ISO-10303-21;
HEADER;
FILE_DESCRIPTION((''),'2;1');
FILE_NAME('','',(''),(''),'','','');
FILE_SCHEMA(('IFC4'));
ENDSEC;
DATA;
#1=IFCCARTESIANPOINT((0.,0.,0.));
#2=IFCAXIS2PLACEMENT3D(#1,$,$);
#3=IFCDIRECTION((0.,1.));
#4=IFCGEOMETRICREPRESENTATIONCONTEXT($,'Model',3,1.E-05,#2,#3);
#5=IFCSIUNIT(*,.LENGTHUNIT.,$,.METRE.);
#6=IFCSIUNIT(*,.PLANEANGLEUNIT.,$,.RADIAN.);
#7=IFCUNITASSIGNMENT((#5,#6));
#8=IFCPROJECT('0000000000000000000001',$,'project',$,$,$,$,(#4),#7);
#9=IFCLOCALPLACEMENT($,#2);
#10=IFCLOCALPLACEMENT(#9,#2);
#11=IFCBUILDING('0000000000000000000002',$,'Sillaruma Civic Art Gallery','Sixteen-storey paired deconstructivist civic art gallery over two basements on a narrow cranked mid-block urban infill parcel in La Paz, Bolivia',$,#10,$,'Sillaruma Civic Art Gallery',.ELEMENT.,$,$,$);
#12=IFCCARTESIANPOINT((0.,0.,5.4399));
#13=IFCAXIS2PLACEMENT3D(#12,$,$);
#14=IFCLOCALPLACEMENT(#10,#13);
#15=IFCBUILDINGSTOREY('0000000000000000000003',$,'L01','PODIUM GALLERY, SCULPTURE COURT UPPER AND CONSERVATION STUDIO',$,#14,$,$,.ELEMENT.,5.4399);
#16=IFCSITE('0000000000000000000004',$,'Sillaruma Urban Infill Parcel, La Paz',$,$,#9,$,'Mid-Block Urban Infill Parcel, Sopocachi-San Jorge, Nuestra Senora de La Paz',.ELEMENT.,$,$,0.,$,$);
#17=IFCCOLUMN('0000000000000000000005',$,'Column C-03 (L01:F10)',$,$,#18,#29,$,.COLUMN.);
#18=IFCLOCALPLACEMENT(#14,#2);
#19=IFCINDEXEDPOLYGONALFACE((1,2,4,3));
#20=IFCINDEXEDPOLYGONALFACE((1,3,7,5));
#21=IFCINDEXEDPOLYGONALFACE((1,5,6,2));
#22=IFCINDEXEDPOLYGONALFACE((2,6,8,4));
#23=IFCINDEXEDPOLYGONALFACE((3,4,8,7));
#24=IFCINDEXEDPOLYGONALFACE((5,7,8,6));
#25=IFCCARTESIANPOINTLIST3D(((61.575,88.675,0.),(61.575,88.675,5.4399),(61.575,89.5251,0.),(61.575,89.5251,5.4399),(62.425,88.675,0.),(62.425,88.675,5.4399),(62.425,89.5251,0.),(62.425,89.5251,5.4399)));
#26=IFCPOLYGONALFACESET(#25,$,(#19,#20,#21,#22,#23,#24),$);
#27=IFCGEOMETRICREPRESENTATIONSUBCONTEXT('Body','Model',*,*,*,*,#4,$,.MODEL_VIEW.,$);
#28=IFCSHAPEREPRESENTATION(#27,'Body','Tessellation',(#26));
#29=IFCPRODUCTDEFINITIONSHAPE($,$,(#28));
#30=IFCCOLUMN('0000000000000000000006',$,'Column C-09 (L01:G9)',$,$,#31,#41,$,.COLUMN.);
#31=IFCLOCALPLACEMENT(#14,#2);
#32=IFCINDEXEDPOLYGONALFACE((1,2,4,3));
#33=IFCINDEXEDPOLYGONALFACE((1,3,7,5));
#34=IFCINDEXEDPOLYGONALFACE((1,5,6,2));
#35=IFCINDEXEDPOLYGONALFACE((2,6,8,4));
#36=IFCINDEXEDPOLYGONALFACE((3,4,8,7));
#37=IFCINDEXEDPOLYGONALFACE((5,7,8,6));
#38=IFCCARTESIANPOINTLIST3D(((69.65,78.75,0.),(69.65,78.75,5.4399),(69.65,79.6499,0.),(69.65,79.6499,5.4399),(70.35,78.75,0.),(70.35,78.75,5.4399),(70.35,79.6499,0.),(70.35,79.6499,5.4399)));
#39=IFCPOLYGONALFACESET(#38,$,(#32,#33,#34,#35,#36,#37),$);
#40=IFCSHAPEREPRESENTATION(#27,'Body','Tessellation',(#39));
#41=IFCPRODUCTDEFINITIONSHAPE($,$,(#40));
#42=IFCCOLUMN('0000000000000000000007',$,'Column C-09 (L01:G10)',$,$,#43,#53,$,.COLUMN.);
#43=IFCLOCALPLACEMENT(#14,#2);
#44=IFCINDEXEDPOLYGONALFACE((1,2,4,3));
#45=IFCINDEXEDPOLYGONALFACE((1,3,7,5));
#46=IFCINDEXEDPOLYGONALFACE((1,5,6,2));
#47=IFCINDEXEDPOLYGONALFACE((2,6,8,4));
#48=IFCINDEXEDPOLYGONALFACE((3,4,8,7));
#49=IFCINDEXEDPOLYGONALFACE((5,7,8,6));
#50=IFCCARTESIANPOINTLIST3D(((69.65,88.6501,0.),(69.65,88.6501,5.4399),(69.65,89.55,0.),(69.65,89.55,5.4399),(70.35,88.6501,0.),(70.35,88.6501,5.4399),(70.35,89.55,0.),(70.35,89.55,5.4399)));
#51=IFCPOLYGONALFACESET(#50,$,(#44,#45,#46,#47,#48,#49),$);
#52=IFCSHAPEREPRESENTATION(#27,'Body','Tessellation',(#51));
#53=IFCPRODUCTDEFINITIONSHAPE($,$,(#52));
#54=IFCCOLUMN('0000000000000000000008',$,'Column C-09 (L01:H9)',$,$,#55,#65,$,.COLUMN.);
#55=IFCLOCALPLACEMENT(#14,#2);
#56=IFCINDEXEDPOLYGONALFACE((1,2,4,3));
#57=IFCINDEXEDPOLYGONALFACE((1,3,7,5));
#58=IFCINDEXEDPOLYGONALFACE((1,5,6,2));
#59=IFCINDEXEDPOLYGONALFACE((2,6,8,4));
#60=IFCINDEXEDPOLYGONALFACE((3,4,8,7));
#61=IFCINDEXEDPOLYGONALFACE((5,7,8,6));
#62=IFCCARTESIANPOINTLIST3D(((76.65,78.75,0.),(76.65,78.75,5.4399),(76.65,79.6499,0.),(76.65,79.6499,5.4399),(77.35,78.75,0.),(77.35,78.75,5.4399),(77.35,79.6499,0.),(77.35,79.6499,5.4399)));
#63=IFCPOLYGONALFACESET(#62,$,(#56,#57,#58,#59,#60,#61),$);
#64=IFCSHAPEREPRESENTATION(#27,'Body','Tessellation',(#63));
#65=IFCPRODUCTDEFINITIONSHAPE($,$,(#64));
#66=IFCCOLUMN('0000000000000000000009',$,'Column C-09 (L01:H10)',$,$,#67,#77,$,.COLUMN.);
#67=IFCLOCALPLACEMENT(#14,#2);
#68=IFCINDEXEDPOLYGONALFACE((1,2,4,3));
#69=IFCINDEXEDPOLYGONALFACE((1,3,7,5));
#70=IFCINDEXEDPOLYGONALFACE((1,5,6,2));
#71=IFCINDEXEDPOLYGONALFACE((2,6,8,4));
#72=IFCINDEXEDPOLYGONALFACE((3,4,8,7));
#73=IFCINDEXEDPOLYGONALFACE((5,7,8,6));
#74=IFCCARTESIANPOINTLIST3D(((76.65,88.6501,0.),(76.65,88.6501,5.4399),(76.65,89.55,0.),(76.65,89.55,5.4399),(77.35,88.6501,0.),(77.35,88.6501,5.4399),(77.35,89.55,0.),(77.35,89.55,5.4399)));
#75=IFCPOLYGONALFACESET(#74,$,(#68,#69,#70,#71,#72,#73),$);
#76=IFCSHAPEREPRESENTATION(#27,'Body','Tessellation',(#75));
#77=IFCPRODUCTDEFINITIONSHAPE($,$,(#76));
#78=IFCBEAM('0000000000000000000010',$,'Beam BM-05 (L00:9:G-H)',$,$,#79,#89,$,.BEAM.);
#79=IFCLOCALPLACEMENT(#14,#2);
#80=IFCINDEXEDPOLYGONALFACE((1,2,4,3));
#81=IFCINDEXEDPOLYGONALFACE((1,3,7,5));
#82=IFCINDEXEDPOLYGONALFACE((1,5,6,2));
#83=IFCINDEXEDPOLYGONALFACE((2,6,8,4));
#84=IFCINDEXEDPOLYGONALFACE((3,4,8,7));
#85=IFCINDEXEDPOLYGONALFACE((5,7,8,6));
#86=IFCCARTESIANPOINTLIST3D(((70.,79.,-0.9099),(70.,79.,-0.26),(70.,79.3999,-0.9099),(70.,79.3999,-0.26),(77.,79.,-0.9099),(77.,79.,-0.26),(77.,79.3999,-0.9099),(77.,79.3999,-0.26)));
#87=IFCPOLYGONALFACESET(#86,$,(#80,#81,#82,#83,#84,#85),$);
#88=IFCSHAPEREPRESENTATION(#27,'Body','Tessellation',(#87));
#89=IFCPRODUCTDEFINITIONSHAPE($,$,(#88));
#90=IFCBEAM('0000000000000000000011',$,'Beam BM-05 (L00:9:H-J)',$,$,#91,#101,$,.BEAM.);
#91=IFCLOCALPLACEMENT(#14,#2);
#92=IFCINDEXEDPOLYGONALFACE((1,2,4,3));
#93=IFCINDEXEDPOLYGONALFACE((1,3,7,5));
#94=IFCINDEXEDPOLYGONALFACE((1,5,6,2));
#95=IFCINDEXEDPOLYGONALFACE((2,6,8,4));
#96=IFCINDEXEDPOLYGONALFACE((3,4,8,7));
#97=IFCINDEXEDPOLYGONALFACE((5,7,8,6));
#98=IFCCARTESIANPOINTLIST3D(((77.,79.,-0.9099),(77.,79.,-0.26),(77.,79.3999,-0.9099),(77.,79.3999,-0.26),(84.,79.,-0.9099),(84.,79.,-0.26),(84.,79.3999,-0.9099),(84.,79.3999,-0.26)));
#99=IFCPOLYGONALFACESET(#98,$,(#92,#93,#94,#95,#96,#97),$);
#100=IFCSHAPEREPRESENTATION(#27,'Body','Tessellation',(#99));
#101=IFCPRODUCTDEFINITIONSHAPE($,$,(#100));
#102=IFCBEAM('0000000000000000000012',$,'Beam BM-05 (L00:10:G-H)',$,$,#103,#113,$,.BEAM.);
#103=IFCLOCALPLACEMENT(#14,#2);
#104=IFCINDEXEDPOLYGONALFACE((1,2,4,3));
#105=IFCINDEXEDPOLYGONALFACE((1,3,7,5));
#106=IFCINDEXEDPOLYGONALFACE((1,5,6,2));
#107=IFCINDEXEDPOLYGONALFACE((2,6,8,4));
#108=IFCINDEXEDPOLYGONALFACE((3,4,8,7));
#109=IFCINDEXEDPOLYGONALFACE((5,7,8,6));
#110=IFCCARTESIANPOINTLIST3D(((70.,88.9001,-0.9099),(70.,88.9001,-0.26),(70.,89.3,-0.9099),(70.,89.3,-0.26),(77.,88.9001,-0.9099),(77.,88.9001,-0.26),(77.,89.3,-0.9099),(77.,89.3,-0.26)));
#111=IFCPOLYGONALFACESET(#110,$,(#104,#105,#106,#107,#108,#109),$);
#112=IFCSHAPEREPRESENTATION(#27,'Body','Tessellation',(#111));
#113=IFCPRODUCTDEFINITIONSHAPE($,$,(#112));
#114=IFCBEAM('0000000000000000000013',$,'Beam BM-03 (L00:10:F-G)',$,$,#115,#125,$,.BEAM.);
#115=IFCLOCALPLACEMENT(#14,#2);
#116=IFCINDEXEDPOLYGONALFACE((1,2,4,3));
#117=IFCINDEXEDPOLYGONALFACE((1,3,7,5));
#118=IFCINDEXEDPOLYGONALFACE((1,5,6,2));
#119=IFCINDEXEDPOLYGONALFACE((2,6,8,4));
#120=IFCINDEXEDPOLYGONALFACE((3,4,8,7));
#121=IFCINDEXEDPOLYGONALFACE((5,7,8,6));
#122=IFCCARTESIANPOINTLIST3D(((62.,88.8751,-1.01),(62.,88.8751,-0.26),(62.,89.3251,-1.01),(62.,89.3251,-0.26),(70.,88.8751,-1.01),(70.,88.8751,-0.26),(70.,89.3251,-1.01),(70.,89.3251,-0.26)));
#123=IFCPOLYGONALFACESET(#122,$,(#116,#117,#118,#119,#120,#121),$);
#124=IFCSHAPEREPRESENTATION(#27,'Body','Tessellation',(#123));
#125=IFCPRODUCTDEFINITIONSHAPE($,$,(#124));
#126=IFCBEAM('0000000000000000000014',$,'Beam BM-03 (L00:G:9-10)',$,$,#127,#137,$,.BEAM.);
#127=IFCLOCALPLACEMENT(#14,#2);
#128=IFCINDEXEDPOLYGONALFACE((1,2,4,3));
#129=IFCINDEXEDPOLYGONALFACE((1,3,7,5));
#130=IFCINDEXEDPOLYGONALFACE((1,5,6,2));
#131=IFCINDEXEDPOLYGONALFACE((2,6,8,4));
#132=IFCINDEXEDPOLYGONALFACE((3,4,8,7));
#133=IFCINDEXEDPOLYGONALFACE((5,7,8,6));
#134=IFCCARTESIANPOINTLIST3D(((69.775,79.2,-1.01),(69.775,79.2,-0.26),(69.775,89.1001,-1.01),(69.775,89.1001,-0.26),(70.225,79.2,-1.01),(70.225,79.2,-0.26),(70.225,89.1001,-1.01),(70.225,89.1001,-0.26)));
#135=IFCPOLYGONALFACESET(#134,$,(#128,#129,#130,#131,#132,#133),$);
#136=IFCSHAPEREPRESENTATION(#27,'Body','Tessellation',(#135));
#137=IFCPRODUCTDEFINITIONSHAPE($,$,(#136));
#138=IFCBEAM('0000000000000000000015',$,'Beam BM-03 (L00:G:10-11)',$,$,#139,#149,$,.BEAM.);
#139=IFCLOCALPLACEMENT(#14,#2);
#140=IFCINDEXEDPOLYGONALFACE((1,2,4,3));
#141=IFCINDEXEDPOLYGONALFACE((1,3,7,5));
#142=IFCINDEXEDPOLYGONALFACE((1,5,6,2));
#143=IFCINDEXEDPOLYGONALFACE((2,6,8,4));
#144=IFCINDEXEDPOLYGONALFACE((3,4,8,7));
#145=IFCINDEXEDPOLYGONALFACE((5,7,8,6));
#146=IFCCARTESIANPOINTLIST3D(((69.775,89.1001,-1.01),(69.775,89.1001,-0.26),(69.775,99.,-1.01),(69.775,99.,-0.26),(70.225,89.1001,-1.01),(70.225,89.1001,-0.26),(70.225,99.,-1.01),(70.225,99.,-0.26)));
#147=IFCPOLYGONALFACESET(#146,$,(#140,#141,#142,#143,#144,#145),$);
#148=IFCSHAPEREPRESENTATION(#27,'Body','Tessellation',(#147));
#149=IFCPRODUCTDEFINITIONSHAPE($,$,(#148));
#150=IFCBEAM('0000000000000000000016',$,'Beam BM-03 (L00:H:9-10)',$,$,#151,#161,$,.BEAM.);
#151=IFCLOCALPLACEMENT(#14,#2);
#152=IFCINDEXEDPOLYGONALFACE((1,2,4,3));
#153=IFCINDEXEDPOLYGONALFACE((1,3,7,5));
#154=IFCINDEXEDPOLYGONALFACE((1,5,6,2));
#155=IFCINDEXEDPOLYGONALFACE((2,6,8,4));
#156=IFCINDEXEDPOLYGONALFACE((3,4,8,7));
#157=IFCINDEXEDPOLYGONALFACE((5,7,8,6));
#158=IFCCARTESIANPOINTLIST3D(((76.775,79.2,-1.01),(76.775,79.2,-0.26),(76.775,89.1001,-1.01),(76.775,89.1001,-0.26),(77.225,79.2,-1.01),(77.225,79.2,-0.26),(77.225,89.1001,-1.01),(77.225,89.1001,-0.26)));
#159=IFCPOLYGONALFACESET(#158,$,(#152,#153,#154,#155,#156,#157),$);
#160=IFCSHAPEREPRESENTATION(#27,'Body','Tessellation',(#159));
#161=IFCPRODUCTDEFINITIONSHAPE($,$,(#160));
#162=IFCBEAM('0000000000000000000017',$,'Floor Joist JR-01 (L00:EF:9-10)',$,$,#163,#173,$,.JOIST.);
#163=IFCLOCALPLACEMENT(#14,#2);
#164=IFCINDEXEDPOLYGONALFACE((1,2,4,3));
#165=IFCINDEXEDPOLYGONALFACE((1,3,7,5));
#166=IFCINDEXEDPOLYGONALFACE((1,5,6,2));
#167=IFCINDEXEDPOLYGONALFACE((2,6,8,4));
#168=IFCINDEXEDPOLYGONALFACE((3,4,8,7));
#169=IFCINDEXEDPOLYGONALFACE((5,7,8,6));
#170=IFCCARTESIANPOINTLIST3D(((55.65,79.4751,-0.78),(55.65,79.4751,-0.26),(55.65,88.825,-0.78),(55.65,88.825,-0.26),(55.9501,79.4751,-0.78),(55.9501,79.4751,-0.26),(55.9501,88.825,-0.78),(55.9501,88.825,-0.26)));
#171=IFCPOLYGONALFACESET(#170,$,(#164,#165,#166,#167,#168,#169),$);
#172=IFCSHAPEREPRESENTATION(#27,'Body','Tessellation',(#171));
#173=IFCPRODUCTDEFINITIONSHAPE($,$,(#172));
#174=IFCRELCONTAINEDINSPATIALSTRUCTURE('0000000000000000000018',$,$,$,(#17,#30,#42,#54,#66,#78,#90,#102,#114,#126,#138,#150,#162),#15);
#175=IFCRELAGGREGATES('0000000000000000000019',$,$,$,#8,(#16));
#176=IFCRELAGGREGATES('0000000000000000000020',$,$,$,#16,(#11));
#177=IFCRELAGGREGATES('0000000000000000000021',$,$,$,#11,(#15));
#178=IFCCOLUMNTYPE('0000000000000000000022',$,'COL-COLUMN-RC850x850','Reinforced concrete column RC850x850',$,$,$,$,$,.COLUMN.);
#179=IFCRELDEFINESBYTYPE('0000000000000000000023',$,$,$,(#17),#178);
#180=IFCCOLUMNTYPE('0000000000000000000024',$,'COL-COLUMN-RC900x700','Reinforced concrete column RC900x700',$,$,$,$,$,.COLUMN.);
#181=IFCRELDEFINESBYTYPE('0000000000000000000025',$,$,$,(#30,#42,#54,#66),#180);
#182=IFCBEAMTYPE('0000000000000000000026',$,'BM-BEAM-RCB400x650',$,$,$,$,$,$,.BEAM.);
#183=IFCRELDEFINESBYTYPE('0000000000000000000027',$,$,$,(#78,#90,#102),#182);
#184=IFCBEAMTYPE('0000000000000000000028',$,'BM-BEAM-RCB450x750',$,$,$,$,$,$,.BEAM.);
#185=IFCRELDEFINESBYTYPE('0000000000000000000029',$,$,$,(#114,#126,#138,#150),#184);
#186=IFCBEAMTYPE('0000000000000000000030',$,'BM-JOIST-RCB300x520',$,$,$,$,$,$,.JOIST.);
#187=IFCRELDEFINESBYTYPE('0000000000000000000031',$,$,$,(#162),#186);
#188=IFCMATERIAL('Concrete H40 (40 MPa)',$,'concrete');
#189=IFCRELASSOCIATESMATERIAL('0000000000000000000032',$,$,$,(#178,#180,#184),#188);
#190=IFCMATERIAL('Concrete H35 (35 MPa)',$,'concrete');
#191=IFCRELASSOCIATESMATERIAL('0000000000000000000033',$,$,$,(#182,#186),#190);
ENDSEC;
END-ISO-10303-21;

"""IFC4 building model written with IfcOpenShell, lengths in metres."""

from ifc_helpers import new_model, si_unit, direction, frame, origin, origin_2d, place, context, subcontext, project, spatial, rectangle, extrude, material, material_profile, profile_set, type_object, element, save


model = new_model("IFC4")

# Units and contexts
model_context = context("Model", 3, precision=1e-05, world=origin(), true_north=direction((0.0, 1.0)))
body_context = subcontext(model_context, "Body", "Model", "MODEL_VIEW")
ifc_project = project(units=[si_unit("LENGTHUNIT", "METRE"), si_unit("PLANEANGLEUNIT", "RADIAN")], contexts=[model_context])

# Site, building, storey
site_placement = place(None, origin())
site = spatial("IfcSite", under=ifc_project, at=site_placement, Name="Sillaruma Urban Infill Parcel, La Paz", LongName="Mid-Block Urban Infill Parcel, Sopocachi-San Jorge, Nuestra Senora de La Paz", CompositionType="ELEMENT", RefElevation=0.0)
building_placement = place(site_placement, origin())
building = spatial("IfcBuilding", under=site, at=building_placement, Name="Sillaruma Civic Art Gallery", Description="Sixteen-storey paired deconstructivist civic art gallery over two basements on a narrow cranked mid-block urban infill parcel in La Paz, Bolivia", LongName="Sillaruma Civic Art Gallery", CompositionType="ELEMENT")
storey_placement = place(building_placement, frame((0.0, 0.0, 5.4399)))
storey = spatial("IfcBuildingStorey", under=building, at=storey_placement, Name="L01", Description="PODIUM GALLERY, SCULPTURE COURT UPPER AND CONSERVATION STUDIO", CompositionType="ELEMENT", Elevation=5.4399)

# Columns
ifc_material_1 = material(Name="Concrete H40 (40 MPa)", Category="concrete")
ifc_material_profile_1 = material_profile(ifc_material_1, rectangle(XDim=0.8501, YDim=0.8501, at=origin_2d()), Name="RC850x850")
ifc_profile_set_1 = profile_set([ifc_material_profile_1], Name="Concrete H40 (40 MPa)")
column_type_1 = type_object("IfcColumnType", Name="COL-COLUMN-RC850x850", Description="Reinforced concrete column RC850x850", PredefinedType="COLUMN", material=ifc_profile_set_1)
column_placement = place(storey_placement, frame((62.0, 89.1001, 0.0), z_axis=(0.0, 0.0, 1.0), x_axis=(1.0, 0.0, 0.0)))
element("IfcColumn", 1, at=column_placement, inside=storey, type_object=column_type_1, Name="Column C-03 (L01:F10)", PredefinedType="COLUMN", context=body_context, shape_type="SweptSolid", body=[
    extrude(rectangle(XDim=0.8501, YDim=0.8501, at=origin_2d()), origin(), (0.0, 0.0, 1.0), 5.4399),
])
ifc_material_profile_2 = material_profile(ifc_material_1, rectangle(XDim=0.7, YDim=0.8999, at=origin_2d()), Name="RC900x700")
ifc_profile_set_2 = profile_set([ifc_material_profile_2], Name="Concrete H40 (40 MPa)")
column_type_2 = type_object("IfcColumnType", Name="COL-COLUMN-RC900x700", Description="Reinforced concrete column RC900x700", PredefinedType="COLUMN", material=ifc_profile_set_2)
for number, where, z_axis, x_axis, name in (
    (2, (70.0, 79.2, 0.0), (0.0, 0.0, 1.0), (1.0, 0.0, 0.0), "Column C-09 (L01:G9)"),
    (3, (70.0, 89.1001, 0.0), (0.0, 0.0, 1.0), (1.0, 0.0, 0.0), "Column C-09 (L01:G10)"),
    (4, (77.0, 79.2, 0.0), (0.0, 0.0, 1.0), (1.0, 0.0, 0.0), "Column C-09 (L01:H9)"),
    (5, (77.0, 89.1001, 0.0), (0.0, 0.0, 1.0), (1.0, 0.0, 0.0), "Column C-09 (L01:H10)"),
):
    element("IfcColumn", number, at=place(storey_placement, frame(where, z_axis=z_axis, x_axis=x_axis)), inside=storey, type_object=column_type_2, Name=name, PredefinedType="COLUMN", context=body_context, shape_type="SweptSolid", body=[
        extrude(rectangle(XDim=0.7, YDim=0.8999, at=origin_2d()), origin(), (0.0, 0.0, 1.0), 5.4399),
    ])

# Beams
ifc_material_2 = material(Name="Concrete H35 (35 MPa)", Category="concrete")
ifc_material_profile_3 = material_profile(ifc_material_2, rectangle(XDim=0.3999, YDim=0.6499, at=origin_2d()), Name="RCB400x650")
ifc_profile_set_3 = profile_set([ifc_material_profile_3], Name="Concrete H35 (35 MPa)")
beam_type_1 = type_object("IfcBeamType", Name="BM-BEAM-RCB400x650", PredefinedType="BEAM", material=ifc_profile_set_3)
for number, where, z_axis, x_axis, name in (
    (6, (70.0, 79.2, -0.585), (1.0, 0.0, 0.0), (0.0, 1.0, 0.0), "Beam BM-05 (L00:9:G-H)"),
    (7, (77.0, 79.2, -0.585), (1.0, 0.0, 0.0), (0.0, 1.0, 0.0), "Beam BM-05 (L00:9:H-J)"),
    (8, (70.0, 89.1001, -0.585), (1.0, 0.0, 0.0), (0.0, 1.0, 0.0), "Beam BM-05 (L00:10:G-H)"),
):
    element("IfcBeam", number, at=place(storey_placement, frame(where, z_axis=z_axis, x_axis=x_axis)), inside=storey, type_object=beam_type_1, Name=name, PredefinedType="BEAM", context=body_context, shape_type="SweptSolid", body=[
        extrude(rectangle(XDim=0.3999, YDim=0.6499, at=origin_2d()), origin(), (0.0, 0.0, 1.0), 7.0),
    ])
ifc_material_profile_4 = material_profile(ifc_material_1, rectangle(XDim=0.45, YDim=0.75, at=origin_2d()), Name="RCB450x750")
ifc_profile_set_4 = profile_set([ifc_material_profile_4], Name="Concrete H40 (40 MPa)")
beam_type_2 = type_object("IfcBeamType", Name="BM-BEAM-RCB450x750", PredefinedType="BEAM", material=ifc_profile_set_4)
beam_1_placement = place(storey_placement, frame((62.0, 89.1001, -0.635), z_axis=(1.0, 0.0, 0.0), x_axis=(0.0, 1.0, 0.0)))
element("IfcBeam", 9, at=beam_1_placement, inside=storey, type_object=beam_type_2, Name="Beam BM-03 (L00:10:F-G)", PredefinedType="BEAM", context=body_context, shape_type="SweptSolid", body=[
    extrude(rectangle(XDim=0.45, YDim=0.75, at=origin_2d()), origin(), (0.0, 0.0, 1.0), 8.0),
])
beam_2_placement = place(storey_placement, frame((70.0, 79.2, -0.635), z_axis=(0.0, 1.0, 0.0), x_axis=(-1.0, 0.0, 0.0)))
element("IfcBeam", 10, at=beam_2_placement, inside=storey, type_object=beam_type_2, Name="Beam BM-03 (L00:G:9-10)", PredefinedType="BEAM", context=body_context, shape_type="SweptSolid", body=[
    extrude(rectangle(XDim=0.45, YDim=0.75, at=origin_2d()), origin(), (0.0, 0.0, 1.0), 9.9001),
])
beam_3_placement = place(storey_placement, frame((70.0, 89.1001, -0.635), z_axis=(0.0, 1.0, 0.0), x_axis=(-1.0, 0.0, 0.0)))
element("IfcBeam", 11, at=beam_3_placement, inside=storey, type_object=beam_type_2, Name="Beam BM-03 (L00:G:10-11)", PredefinedType="BEAM", context=body_context, shape_type="SweptSolid", body=[
    extrude(rectangle(XDim=0.45, YDim=0.75, at=origin_2d()), origin(), (0.0, 0.0, 1.0), 9.8999),
])
beam_4_placement = place(storey_placement, frame((77.0, 79.2, -0.635), z_axis=(0.0, 1.0, 0.0), x_axis=(-1.0, 0.0, 0.0)))
element("IfcBeam", 12, at=beam_4_placement, inside=storey, type_object=beam_type_2, Name="Beam BM-03 (L00:H:9-10)", PredefinedType="BEAM", context=body_context, shape_type="SweptSolid", body=[
    extrude(rectangle(XDim=0.45, YDim=0.75, at=origin_2d()), origin(), (0.0, 0.0, 1.0), 9.9001),
])
ifc_material_profile_5 = material_profile(ifc_material_2, rectangle(XDim=0.3, YDim=0.52, at=origin_2d()), Name="RCB300x520")
ifc_profile_set_5 = profile_set([ifc_material_profile_5], Name="Concrete H35 (35 MPa)")
beam_type_3 = type_object("IfcBeamType", Name="BM-JOIST-RCB300x520", PredefinedType="JOIST", material=ifc_profile_set_5)
beam_5_placement = place(storey_placement, frame((55.8, 79.4751, -0.52), z_axis=(0.0, 1.0, 0.0), x_axis=(-1.0, 0.0, 0.0)))
element("IfcBeam", 13, at=beam_5_placement, inside=storey, type_object=beam_type_3, Name="Floor Joist JR-01 (L00:EF:9-10)", PredefinedType="JOIST", context=body_context, shape_type="SweptSolid", body=[
    extrude(rectangle(XDim=0.3, YDim=0.52, at=origin_2d()), origin(), (0.0, 0.0, 1.0), 9.3499),
])

save(model, "model.ifc")
